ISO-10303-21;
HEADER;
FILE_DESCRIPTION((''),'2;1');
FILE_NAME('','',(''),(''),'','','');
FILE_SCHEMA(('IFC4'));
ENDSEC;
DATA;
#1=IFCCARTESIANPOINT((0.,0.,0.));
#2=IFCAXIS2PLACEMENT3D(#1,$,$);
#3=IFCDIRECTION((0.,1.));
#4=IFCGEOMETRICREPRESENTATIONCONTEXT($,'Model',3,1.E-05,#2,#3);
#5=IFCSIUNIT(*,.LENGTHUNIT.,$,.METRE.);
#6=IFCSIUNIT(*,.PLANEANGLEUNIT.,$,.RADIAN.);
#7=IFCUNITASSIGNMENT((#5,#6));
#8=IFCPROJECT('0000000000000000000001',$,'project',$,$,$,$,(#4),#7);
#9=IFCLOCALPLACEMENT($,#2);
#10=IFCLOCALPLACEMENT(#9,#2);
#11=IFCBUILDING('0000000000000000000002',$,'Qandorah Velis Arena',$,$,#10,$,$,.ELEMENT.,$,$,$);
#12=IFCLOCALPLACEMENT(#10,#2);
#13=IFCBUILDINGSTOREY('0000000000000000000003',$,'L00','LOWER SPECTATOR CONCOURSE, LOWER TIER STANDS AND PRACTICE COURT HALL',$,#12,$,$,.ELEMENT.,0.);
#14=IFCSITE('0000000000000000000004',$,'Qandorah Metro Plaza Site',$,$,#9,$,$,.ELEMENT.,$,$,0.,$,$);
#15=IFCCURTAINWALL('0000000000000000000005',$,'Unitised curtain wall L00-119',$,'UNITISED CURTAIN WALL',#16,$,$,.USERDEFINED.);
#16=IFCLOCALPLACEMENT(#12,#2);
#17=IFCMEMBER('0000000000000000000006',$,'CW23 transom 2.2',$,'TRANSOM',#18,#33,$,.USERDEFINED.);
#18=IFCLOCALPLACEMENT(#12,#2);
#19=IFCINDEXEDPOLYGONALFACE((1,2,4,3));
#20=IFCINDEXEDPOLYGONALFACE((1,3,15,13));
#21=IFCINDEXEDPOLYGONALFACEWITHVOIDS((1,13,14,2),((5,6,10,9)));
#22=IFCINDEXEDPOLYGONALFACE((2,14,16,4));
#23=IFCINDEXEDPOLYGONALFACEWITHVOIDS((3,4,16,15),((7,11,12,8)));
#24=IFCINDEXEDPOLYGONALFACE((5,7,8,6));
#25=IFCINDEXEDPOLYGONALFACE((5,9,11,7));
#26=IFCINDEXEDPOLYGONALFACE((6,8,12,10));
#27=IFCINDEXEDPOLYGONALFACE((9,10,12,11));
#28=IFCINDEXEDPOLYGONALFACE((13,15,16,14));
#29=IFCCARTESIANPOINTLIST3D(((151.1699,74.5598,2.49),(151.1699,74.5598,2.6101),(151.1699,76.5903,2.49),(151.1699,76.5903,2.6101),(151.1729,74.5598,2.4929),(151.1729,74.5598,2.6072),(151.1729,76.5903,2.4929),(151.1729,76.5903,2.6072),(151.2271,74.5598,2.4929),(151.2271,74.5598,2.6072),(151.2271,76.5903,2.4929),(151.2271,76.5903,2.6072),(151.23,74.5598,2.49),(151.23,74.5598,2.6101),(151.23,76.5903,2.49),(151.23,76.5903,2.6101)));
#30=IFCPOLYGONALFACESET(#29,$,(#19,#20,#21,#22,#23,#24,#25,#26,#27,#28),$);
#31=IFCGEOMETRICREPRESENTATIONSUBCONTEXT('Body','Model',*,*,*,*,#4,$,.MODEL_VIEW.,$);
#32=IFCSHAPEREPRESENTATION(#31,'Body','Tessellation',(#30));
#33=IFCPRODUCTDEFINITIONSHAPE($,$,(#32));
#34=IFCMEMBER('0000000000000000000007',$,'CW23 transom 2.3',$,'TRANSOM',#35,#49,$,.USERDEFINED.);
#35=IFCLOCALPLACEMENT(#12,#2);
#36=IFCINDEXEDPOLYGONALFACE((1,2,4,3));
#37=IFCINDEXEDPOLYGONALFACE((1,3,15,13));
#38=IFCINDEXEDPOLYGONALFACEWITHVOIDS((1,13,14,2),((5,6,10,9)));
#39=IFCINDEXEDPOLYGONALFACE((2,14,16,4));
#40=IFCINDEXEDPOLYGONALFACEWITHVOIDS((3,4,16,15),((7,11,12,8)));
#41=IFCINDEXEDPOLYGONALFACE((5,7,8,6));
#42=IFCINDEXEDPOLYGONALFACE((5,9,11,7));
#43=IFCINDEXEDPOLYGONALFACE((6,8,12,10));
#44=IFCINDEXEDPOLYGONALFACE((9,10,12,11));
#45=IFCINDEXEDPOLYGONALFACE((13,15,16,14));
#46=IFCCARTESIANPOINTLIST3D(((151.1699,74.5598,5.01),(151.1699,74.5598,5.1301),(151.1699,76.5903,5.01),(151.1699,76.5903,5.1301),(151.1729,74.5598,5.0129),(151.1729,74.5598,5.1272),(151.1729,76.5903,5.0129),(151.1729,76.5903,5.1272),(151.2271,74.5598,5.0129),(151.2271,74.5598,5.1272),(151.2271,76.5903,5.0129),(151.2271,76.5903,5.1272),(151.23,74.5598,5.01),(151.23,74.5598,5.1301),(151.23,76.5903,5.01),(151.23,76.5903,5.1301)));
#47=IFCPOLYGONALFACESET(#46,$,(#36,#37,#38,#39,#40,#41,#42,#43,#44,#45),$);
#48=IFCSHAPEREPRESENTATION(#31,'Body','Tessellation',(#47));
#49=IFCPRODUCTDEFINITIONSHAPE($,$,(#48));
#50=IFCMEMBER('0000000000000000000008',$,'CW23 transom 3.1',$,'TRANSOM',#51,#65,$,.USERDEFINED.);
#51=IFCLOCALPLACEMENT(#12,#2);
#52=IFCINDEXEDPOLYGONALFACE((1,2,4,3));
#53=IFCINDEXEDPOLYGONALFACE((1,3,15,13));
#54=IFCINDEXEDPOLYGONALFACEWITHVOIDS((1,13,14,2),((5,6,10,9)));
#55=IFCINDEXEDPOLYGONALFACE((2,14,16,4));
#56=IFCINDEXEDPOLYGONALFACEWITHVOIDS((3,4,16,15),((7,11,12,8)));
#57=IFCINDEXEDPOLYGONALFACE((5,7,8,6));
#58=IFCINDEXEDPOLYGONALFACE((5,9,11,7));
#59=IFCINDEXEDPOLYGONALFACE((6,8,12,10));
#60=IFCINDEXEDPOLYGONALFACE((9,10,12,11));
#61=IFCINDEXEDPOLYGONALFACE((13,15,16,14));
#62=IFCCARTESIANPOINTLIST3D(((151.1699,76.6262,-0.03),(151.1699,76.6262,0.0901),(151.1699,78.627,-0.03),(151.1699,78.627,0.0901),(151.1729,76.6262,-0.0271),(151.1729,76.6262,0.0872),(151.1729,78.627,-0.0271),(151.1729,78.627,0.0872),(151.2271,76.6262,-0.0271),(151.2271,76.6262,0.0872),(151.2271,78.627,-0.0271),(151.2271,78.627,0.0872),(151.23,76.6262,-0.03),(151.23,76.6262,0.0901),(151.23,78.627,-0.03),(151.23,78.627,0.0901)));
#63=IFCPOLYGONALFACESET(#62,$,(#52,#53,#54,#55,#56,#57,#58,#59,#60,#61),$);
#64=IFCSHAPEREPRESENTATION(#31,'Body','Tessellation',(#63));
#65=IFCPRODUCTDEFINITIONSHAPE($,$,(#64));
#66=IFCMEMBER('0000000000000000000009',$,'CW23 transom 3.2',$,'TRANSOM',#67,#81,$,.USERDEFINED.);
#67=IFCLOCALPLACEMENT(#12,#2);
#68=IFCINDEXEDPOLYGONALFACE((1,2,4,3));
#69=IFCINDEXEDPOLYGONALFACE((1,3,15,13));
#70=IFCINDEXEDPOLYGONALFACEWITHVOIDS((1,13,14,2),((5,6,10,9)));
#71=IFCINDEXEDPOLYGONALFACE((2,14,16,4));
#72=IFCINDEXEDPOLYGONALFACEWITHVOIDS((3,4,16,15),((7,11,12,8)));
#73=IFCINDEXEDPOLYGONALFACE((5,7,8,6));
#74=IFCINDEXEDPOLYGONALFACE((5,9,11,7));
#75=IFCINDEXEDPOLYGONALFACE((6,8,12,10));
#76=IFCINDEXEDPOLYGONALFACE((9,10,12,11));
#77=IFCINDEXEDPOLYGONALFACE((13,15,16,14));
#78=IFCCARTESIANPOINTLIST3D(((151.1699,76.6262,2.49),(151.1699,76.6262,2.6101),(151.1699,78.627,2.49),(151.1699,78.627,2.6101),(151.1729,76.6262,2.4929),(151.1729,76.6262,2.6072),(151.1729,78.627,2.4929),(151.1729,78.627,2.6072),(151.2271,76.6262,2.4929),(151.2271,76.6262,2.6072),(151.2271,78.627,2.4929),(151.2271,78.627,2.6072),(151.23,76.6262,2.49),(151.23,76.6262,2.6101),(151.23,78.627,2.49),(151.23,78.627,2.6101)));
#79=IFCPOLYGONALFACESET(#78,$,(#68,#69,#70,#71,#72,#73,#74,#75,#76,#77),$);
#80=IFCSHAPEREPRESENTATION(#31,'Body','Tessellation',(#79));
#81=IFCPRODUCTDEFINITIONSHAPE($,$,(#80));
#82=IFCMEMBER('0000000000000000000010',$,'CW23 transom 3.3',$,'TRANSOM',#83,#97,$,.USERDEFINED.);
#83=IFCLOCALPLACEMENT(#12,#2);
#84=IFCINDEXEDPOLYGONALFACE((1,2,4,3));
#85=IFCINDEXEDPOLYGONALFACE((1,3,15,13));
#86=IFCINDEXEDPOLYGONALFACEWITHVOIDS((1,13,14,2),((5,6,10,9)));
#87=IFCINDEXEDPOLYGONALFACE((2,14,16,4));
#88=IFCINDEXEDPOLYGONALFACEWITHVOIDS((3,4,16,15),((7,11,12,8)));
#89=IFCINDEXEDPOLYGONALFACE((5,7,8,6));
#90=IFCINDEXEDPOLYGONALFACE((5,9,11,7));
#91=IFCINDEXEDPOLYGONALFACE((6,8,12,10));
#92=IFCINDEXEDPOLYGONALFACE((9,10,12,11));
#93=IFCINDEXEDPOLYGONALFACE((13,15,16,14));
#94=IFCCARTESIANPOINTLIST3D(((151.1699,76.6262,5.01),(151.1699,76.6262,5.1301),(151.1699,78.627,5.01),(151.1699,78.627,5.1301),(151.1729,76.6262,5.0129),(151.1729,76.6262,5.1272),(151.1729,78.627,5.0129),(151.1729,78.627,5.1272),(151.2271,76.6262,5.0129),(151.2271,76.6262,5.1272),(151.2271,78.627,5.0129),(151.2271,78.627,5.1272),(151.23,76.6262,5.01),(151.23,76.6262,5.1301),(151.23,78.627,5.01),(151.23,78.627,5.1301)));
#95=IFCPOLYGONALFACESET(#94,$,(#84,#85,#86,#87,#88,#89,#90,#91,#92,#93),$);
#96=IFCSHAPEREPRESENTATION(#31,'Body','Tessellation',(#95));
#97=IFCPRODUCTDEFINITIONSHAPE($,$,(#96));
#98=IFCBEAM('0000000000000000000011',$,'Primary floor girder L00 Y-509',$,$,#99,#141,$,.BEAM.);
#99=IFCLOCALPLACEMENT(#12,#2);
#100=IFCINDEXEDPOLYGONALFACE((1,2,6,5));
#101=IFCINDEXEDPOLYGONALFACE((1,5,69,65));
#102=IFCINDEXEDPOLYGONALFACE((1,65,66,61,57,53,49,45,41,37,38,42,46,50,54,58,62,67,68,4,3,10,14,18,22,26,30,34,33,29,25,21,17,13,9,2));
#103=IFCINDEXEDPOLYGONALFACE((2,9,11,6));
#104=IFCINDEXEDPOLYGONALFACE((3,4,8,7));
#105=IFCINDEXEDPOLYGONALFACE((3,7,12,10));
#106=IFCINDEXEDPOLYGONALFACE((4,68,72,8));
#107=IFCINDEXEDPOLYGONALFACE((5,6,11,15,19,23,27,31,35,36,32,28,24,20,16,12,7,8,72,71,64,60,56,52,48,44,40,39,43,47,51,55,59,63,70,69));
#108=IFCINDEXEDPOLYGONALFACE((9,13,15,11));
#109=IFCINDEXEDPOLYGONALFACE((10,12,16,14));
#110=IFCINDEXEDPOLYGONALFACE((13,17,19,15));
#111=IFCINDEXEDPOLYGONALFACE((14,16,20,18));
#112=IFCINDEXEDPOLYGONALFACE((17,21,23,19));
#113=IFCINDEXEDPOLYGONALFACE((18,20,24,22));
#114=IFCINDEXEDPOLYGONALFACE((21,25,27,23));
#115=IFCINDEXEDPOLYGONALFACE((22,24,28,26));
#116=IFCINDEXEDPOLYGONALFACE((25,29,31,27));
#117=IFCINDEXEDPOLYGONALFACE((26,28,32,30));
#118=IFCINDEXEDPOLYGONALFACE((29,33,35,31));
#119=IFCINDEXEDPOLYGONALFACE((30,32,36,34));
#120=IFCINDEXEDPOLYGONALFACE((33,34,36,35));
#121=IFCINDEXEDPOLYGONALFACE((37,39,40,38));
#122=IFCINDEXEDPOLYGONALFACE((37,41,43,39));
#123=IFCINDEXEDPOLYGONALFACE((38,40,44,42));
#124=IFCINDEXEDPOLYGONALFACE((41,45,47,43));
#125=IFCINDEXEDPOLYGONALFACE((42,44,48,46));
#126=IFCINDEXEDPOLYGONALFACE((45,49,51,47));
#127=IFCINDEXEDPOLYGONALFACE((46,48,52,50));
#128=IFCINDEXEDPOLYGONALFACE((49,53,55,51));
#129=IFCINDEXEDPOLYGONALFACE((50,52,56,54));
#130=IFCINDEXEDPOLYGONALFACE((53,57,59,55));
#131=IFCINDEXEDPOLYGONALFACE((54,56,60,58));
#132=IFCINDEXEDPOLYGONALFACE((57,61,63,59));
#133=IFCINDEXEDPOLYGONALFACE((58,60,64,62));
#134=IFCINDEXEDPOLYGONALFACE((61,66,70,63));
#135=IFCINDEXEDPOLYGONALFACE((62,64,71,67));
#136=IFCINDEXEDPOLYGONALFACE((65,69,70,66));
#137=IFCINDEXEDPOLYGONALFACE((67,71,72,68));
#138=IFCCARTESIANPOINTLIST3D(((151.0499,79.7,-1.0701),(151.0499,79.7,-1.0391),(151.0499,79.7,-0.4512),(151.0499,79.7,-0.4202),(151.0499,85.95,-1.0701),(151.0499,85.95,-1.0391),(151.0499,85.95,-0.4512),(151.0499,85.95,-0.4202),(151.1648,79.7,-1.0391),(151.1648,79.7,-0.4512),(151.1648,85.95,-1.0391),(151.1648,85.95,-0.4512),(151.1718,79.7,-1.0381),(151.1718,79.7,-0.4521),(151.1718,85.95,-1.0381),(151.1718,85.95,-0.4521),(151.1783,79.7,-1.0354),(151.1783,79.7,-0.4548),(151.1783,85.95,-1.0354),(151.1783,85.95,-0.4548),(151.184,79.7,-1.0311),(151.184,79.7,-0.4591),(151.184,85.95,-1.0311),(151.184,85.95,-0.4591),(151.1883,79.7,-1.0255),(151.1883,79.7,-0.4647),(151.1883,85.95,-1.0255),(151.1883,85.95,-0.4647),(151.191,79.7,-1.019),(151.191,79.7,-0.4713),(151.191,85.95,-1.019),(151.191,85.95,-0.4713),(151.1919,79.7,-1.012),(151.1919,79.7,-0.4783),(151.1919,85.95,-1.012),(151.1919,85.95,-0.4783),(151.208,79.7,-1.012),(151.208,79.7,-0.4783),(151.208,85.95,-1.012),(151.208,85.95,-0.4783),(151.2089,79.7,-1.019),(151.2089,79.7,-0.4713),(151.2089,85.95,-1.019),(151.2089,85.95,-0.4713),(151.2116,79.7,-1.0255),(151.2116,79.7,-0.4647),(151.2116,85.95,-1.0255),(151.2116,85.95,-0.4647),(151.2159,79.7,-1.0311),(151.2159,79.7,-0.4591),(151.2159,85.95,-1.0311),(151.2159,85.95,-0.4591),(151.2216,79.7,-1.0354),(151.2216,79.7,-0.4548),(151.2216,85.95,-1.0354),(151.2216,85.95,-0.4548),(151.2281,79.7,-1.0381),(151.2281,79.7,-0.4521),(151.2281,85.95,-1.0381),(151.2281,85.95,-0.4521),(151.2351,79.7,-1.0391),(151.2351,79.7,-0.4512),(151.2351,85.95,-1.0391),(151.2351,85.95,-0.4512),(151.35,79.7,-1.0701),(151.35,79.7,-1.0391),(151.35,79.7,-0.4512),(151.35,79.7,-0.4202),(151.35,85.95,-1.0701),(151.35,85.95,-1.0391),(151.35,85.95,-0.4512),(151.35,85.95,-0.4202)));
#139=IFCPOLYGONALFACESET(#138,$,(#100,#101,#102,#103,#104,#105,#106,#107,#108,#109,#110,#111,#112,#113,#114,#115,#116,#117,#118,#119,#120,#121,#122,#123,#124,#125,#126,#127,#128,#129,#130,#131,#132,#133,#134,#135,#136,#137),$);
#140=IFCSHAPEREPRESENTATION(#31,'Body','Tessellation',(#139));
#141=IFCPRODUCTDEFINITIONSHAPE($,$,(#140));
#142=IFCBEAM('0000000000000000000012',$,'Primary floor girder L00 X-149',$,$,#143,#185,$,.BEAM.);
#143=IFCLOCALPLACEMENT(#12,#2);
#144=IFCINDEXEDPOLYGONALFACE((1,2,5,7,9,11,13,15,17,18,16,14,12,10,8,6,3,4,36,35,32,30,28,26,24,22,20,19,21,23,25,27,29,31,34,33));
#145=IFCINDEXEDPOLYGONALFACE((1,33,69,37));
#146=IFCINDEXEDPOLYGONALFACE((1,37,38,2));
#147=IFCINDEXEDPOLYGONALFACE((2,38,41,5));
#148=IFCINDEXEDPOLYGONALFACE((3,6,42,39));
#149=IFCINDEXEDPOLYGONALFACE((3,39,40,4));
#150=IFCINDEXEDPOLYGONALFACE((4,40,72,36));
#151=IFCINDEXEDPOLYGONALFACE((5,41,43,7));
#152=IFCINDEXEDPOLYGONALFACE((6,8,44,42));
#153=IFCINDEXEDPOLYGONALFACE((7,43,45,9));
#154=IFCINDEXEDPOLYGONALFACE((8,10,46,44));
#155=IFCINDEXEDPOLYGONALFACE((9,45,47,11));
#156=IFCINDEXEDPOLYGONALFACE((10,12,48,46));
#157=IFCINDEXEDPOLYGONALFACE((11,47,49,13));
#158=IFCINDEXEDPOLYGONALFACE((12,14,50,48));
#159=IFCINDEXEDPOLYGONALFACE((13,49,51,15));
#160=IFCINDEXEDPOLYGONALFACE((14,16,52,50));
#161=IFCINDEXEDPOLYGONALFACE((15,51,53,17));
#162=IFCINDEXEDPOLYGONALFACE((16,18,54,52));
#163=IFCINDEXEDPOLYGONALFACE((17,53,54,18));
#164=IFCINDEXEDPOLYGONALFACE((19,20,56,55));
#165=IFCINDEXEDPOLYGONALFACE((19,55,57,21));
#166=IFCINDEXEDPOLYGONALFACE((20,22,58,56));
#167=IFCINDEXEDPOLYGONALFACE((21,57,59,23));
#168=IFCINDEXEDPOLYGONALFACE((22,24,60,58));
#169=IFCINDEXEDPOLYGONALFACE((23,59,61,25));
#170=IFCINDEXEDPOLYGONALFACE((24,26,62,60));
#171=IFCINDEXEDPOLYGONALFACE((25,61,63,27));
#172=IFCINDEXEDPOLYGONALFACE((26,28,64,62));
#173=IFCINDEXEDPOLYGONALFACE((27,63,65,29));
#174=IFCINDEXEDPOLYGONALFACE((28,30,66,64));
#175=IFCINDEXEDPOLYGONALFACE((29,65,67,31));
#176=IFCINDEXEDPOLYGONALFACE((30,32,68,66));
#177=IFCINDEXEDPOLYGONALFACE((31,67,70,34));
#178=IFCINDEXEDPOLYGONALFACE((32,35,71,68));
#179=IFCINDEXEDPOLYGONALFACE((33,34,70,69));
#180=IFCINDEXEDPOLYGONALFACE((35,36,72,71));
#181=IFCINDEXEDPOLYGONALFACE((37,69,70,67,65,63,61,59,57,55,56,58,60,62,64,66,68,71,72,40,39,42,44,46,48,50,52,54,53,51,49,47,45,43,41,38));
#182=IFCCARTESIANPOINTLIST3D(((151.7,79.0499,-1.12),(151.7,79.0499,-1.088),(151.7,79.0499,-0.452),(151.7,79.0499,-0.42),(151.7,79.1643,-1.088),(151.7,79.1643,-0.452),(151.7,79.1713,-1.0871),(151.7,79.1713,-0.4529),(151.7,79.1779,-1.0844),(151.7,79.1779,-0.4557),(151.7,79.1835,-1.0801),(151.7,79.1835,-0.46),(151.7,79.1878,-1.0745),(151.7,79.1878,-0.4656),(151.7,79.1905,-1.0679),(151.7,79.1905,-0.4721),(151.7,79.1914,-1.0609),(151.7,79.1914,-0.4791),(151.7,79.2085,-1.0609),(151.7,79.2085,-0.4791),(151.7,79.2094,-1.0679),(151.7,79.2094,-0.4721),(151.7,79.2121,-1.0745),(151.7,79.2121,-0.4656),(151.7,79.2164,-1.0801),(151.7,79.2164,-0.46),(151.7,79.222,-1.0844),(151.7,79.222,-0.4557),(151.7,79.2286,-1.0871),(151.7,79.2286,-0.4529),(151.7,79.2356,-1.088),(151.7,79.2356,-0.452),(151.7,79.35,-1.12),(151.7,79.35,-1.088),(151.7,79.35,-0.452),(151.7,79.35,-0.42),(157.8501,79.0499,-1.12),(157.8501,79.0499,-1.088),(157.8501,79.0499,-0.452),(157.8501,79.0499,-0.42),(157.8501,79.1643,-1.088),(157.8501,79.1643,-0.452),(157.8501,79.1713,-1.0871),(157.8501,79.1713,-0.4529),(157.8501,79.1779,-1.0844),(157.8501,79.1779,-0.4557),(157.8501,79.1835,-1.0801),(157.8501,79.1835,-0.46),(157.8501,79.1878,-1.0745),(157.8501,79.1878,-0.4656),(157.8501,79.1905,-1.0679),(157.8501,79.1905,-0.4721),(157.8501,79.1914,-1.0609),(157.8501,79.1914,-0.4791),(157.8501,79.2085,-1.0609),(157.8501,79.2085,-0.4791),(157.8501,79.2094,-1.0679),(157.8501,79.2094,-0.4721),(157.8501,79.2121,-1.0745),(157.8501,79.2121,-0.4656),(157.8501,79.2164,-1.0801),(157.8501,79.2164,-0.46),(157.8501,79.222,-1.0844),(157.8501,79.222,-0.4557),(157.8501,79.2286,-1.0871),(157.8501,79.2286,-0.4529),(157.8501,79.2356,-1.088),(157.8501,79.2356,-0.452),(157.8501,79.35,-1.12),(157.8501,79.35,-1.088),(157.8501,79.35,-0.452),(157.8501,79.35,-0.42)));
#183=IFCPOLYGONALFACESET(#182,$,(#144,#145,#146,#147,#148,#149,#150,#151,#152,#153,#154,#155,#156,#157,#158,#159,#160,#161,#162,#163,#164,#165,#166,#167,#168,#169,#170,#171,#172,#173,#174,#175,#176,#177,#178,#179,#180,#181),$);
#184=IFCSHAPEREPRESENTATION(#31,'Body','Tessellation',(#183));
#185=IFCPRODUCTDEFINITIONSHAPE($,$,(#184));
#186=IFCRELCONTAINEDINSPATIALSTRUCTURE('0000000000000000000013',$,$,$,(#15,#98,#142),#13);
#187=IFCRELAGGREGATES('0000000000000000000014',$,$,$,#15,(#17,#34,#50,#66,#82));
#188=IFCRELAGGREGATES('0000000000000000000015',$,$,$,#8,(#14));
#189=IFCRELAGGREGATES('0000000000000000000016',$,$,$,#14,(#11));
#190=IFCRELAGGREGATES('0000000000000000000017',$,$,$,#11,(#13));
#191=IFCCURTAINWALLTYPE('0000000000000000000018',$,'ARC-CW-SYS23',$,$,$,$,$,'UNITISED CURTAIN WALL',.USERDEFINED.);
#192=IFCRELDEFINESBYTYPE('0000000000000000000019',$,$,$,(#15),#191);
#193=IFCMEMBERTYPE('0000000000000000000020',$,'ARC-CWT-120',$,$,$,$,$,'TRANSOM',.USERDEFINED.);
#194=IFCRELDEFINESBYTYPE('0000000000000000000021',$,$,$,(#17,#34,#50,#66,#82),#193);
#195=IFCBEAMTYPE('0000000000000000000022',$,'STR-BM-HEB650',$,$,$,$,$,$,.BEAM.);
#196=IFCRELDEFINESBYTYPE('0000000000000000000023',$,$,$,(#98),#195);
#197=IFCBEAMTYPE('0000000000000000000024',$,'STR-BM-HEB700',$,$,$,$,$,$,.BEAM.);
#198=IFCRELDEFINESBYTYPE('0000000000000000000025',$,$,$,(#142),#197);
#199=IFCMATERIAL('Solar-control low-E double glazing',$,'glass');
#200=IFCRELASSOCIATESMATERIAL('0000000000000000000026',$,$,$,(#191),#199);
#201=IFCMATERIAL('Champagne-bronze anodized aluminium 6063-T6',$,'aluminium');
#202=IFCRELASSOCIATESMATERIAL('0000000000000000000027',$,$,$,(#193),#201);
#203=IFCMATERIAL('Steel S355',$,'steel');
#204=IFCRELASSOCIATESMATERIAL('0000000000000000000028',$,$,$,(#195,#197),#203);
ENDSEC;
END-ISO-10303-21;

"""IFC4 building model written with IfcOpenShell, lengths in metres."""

from ifc_helpers import new_model, si_unit, direction, frame, origin, origin_2d, place, context, subcontext, project, spatial, hollow_rectangle, i_section, extrude, material, material_profile, profile_set, type_object, element, aggregate, save


model = new_model("IFC4")

# Units and contexts
model_context = context("Model", 3, precision=1e-05, world=origin(), true_north=direction((0.0, 1.0)))
body_context = subcontext(model_context, "Body", "Model", "MODEL_VIEW")
ifc_project = project(units=[si_unit("LENGTHUNIT", "METRE"), si_unit("PLANEANGLEUNIT", "RADIAN")], contexts=[model_context])

# Site, building, storey
site_placement = place(None, origin())
site = spatial("IfcSite", under=ifc_project, at=site_placement, Name="Qandorah Metro Plaza Site", CompositionType="ELEMENT", RefElevation=0.0)
building_placement = place(site_placement, origin())
building = spatial("IfcBuilding", under=site, at=building_placement, Name="Qandorah Velis Arena", CompositionType="ELEMENT")
storey_placement = place(building_placement, origin())
storey = spatial("IfcBuildingStorey", under=building, at=storey_placement, Name="L00", Description="LOWER SPECTATOR CONCOURSE, LOWER TIER STANDS AND PRACTICE COURT HALL", CompositionType="ELEMENT", Elevation=0.0)

# Curtain wall
ifc_material_1 = material(Name="Solar-control low-E double glazing", Category="glass")
ifc_material_2 = material(Name="Champagne-bronze anodized aluminium 6063-T6", Category="aluminium")
curtain_wall_type_1 = type_object("IfcCurtainWallType", Name="ARC-CW-SYS23", ElementType="UNITISED CURTAIN WALL", PredefinedType="USERDEFINED", material=ifc_material_1)
curtain_wall_1_placement = place(storey_placement, origin())
curtain_wall_1 = element("IfcCurtainWall", 1, at=curtain_wall_1_placement, inside=storey, type_object=curtain_wall_type_1, Name="Unitised curtain wall L00-119", ObjectType="UNITISED CURTAIN WALL", PredefinedType="USERDEFINED")

# Members
ifc_material_profile_1 = material_profile(ifc_material_2, hollow_rectangle(XDim=0.0601, YDim=0.1201, WallThickness=0.0029, at=origin_2d()), Name="ALU TRANSOM 60x120")
ifc_profile_set_1 = profile_set([ifc_material_profile_1], Name="Champagne-bronze anodized aluminium 6063-T6")
member_type_1 = type_object("IfcMemberType", Name="ARC-CWT-120", ElementType="TRANSOM", PredefinedType="USERDEFINED", material=ifc_profile_set_1)
member_1_placement = place(storey_placement, frame((151.2, 74.5598, 2.55), z_axis=(0.0, 1.0, 0.0), x_axis=(-1.0, 0.0, 0.0)))
member_1 = element("IfcMember", 2, at=member_1_placement, type_object=member_type_1, Name="CW23 transom 2.2", ObjectType="TRANSOM", PredefinedType="USERDEFINED", context=body_context, shape_type="SweptSolid", body=[
    extrude(hollow_rectangle(XDim=0.0601, YDim=0.1201, WallThickness=0.0029, at=origin_2d()), origin(), (0.0, 0.0, 1.0), 2.0305),
])
member_2_placement = place(storey_placement, frame((151.2, 74.5598, 5.0701), z_axis=(0.0, 1.0, 0.0), x_axis=(-1.0, 0.0, 0.0)))
member_2 = element("IfcMember", 3, at=member_2_placement, type_object=member_type_1, Name="CW23 transom 2.3", ObjectType="TRANSOM", PredefinedType="USERDEFINED", context=body_context, shape_type="SweptSolid", body=[
    extrude(hollow_rectangle(XDim=0.0601, YDim=0.1201, WallThickness=0.0029, at=origin_2d()), origin(), (0.0, 0.0, 1.0), 2.0305),
])
member_3_placement = place(storey_placement, frame((151.2, 76.6262, 0.03), z_axis=(0.0, 1.0, 0.0), x_axis=(-1.0, 0.0, 0.0)))
member_3 = element("IfcMember", 4, at=member_3_placement, type_object=member_type_1, Name="CW23 transom 3.1", ObjectType="TRANSOM", PredefinedType="USERDEFINED", context=body_context, shape_type="SweptSolid", body=[
    extrude(hollow_rectangle(XDim=0.0601, YDim=0.1201, WallThickness=0.0029, at=origin_2d()), origin(), (0.0, 0.0, 1.0), 2.0007),
])
member_4_placement = place(storey_placement, frame((151.2, 76.6262, 2.55), z_axis=(0.0, 1.0, 0.0), x_axis=(-1.0, 0.0, 0.0)))
member_4 = element("IfcMember", 5, at=member_4_placement, type_object=member_type_1, Name="CW23 transom 3.2", ObjectType="TRANSOM", PredefinedType="USERDEFINED", context=body_context, shape_type="SweptSolid", body=[
    extrude(hollow_rectangle(XDim=0.0601, YDim=0.1201, WallThickness=0.0029, at=origin_2d()), origin(), (0.0, 0.0, 1.0), 2.0007),
])
member_5_placement = place(storey_placement, frame((151.2, 76.6262, 5.0701), z_axis=(0.0, 1.0, 0.0), x_axis=(-1.0, 0.0, 0.0)))
member_5 = element("IfcMember", 6, at=member_5_placement, type_object=member_type_1, Name="CW23 transom 3.3", ObjectType="TRANSOM", PredefinedType="USERDEFINED", context=body_context, shape_type="SweptSolid", body=[
    extrude(hollow_rectangle(XDim=0.0601, YDim=0.1201, WallThickness=0.0029, at=origin_2d()), origin(), (0.0, 0.0, 1.0), 2.0007),
])

# Beams
ifc_material_3 = material(Name="Steel S355", Category="steel")
ifc_material_profile_2 = material_profile(ifc_material_3, i_section(OverallWidth=0.3, OverallDepth=0.6499, WebThickness=0.0161, FlangeThickness=0.031, FilletRadius=0.0271, at=origin_2d()), Name="HEB 650")
ifc_profile_set_2 = profile_set([ifc_material_profile_2], Name="Steel S355")
beam_type_1 = type_object("IfcBeamType", Name="STR-BM-HEB650", PredefinedType="BEAM", material=ifc_profile_set_2)
beam_1_placement = place(storey_placement, frame((151.2, 79.7, -0.7451), z_axis=(0.0, 1.0, 0.0), x_axis=(-1.0, 0.0, 0.0)))
element("IfcBeam", 7, at=beam_1_placement, inside=storey, type_object=beam_type_1, Name="Primary floor girder L00 Y-509", PredefinedType="BEAM", context=body_context, shape_type="SweptSolid", body=[
    extrude(i_section(OverallWidth=0.3, OverallDepth=0.6499, WebThickness=0.0161, FlangeThickness=0.031, FilletRadius=0.0271, at=origin_2d()), origin(), (0.0, 0.0, 1.0), 6.25),
])
ifc_material_profile_3 = material_profile(ifc_material_3, i_section(OverallWidth=0.3, OverallDepth=0.7, WebThickness=0.0171, FlangeThickness=0.032, FilletRadius=0.0271, at=origin_2d()), Name="HEB 700")
ifc_profile_set_3 = profile_set([ifc_material_profile_3], Name="Steel S355")
beam_type_2 = type_object("IfcBeamType", Name="STR-BM-HEB700", PredefinedType="BEAM", material=ifc_profile_set_3)
beam_2_placement = place(storey_placement, frame((151.7, 79.2, -0.77), z_axis=(1.0, 0.0, 0.0), x_axis=(0.0, 1.0, 0.0)))
element("IfcBeam", 8, at=beam_2_placement, inside=storey, type_object=beam_type_2, Name="Primary floor girder L00 X-149", PredefinedType="BEAM", context=body_context, shape_type="SweptSolid", body=[
    extrude(i_section(OverallWidth=0.3, OverallDepth=0.7, WebThickness=0.0171, FlangeThickness=0.032, FilletRadius=0.0271, at=origin_2d()), origin(), (0.0, 0.0, 1.0), 6.1501),
])

aggregate(curtain_wall_1, [member_1, member_2, member_3, member_4, member_5])

save(model, "model.ifc")
